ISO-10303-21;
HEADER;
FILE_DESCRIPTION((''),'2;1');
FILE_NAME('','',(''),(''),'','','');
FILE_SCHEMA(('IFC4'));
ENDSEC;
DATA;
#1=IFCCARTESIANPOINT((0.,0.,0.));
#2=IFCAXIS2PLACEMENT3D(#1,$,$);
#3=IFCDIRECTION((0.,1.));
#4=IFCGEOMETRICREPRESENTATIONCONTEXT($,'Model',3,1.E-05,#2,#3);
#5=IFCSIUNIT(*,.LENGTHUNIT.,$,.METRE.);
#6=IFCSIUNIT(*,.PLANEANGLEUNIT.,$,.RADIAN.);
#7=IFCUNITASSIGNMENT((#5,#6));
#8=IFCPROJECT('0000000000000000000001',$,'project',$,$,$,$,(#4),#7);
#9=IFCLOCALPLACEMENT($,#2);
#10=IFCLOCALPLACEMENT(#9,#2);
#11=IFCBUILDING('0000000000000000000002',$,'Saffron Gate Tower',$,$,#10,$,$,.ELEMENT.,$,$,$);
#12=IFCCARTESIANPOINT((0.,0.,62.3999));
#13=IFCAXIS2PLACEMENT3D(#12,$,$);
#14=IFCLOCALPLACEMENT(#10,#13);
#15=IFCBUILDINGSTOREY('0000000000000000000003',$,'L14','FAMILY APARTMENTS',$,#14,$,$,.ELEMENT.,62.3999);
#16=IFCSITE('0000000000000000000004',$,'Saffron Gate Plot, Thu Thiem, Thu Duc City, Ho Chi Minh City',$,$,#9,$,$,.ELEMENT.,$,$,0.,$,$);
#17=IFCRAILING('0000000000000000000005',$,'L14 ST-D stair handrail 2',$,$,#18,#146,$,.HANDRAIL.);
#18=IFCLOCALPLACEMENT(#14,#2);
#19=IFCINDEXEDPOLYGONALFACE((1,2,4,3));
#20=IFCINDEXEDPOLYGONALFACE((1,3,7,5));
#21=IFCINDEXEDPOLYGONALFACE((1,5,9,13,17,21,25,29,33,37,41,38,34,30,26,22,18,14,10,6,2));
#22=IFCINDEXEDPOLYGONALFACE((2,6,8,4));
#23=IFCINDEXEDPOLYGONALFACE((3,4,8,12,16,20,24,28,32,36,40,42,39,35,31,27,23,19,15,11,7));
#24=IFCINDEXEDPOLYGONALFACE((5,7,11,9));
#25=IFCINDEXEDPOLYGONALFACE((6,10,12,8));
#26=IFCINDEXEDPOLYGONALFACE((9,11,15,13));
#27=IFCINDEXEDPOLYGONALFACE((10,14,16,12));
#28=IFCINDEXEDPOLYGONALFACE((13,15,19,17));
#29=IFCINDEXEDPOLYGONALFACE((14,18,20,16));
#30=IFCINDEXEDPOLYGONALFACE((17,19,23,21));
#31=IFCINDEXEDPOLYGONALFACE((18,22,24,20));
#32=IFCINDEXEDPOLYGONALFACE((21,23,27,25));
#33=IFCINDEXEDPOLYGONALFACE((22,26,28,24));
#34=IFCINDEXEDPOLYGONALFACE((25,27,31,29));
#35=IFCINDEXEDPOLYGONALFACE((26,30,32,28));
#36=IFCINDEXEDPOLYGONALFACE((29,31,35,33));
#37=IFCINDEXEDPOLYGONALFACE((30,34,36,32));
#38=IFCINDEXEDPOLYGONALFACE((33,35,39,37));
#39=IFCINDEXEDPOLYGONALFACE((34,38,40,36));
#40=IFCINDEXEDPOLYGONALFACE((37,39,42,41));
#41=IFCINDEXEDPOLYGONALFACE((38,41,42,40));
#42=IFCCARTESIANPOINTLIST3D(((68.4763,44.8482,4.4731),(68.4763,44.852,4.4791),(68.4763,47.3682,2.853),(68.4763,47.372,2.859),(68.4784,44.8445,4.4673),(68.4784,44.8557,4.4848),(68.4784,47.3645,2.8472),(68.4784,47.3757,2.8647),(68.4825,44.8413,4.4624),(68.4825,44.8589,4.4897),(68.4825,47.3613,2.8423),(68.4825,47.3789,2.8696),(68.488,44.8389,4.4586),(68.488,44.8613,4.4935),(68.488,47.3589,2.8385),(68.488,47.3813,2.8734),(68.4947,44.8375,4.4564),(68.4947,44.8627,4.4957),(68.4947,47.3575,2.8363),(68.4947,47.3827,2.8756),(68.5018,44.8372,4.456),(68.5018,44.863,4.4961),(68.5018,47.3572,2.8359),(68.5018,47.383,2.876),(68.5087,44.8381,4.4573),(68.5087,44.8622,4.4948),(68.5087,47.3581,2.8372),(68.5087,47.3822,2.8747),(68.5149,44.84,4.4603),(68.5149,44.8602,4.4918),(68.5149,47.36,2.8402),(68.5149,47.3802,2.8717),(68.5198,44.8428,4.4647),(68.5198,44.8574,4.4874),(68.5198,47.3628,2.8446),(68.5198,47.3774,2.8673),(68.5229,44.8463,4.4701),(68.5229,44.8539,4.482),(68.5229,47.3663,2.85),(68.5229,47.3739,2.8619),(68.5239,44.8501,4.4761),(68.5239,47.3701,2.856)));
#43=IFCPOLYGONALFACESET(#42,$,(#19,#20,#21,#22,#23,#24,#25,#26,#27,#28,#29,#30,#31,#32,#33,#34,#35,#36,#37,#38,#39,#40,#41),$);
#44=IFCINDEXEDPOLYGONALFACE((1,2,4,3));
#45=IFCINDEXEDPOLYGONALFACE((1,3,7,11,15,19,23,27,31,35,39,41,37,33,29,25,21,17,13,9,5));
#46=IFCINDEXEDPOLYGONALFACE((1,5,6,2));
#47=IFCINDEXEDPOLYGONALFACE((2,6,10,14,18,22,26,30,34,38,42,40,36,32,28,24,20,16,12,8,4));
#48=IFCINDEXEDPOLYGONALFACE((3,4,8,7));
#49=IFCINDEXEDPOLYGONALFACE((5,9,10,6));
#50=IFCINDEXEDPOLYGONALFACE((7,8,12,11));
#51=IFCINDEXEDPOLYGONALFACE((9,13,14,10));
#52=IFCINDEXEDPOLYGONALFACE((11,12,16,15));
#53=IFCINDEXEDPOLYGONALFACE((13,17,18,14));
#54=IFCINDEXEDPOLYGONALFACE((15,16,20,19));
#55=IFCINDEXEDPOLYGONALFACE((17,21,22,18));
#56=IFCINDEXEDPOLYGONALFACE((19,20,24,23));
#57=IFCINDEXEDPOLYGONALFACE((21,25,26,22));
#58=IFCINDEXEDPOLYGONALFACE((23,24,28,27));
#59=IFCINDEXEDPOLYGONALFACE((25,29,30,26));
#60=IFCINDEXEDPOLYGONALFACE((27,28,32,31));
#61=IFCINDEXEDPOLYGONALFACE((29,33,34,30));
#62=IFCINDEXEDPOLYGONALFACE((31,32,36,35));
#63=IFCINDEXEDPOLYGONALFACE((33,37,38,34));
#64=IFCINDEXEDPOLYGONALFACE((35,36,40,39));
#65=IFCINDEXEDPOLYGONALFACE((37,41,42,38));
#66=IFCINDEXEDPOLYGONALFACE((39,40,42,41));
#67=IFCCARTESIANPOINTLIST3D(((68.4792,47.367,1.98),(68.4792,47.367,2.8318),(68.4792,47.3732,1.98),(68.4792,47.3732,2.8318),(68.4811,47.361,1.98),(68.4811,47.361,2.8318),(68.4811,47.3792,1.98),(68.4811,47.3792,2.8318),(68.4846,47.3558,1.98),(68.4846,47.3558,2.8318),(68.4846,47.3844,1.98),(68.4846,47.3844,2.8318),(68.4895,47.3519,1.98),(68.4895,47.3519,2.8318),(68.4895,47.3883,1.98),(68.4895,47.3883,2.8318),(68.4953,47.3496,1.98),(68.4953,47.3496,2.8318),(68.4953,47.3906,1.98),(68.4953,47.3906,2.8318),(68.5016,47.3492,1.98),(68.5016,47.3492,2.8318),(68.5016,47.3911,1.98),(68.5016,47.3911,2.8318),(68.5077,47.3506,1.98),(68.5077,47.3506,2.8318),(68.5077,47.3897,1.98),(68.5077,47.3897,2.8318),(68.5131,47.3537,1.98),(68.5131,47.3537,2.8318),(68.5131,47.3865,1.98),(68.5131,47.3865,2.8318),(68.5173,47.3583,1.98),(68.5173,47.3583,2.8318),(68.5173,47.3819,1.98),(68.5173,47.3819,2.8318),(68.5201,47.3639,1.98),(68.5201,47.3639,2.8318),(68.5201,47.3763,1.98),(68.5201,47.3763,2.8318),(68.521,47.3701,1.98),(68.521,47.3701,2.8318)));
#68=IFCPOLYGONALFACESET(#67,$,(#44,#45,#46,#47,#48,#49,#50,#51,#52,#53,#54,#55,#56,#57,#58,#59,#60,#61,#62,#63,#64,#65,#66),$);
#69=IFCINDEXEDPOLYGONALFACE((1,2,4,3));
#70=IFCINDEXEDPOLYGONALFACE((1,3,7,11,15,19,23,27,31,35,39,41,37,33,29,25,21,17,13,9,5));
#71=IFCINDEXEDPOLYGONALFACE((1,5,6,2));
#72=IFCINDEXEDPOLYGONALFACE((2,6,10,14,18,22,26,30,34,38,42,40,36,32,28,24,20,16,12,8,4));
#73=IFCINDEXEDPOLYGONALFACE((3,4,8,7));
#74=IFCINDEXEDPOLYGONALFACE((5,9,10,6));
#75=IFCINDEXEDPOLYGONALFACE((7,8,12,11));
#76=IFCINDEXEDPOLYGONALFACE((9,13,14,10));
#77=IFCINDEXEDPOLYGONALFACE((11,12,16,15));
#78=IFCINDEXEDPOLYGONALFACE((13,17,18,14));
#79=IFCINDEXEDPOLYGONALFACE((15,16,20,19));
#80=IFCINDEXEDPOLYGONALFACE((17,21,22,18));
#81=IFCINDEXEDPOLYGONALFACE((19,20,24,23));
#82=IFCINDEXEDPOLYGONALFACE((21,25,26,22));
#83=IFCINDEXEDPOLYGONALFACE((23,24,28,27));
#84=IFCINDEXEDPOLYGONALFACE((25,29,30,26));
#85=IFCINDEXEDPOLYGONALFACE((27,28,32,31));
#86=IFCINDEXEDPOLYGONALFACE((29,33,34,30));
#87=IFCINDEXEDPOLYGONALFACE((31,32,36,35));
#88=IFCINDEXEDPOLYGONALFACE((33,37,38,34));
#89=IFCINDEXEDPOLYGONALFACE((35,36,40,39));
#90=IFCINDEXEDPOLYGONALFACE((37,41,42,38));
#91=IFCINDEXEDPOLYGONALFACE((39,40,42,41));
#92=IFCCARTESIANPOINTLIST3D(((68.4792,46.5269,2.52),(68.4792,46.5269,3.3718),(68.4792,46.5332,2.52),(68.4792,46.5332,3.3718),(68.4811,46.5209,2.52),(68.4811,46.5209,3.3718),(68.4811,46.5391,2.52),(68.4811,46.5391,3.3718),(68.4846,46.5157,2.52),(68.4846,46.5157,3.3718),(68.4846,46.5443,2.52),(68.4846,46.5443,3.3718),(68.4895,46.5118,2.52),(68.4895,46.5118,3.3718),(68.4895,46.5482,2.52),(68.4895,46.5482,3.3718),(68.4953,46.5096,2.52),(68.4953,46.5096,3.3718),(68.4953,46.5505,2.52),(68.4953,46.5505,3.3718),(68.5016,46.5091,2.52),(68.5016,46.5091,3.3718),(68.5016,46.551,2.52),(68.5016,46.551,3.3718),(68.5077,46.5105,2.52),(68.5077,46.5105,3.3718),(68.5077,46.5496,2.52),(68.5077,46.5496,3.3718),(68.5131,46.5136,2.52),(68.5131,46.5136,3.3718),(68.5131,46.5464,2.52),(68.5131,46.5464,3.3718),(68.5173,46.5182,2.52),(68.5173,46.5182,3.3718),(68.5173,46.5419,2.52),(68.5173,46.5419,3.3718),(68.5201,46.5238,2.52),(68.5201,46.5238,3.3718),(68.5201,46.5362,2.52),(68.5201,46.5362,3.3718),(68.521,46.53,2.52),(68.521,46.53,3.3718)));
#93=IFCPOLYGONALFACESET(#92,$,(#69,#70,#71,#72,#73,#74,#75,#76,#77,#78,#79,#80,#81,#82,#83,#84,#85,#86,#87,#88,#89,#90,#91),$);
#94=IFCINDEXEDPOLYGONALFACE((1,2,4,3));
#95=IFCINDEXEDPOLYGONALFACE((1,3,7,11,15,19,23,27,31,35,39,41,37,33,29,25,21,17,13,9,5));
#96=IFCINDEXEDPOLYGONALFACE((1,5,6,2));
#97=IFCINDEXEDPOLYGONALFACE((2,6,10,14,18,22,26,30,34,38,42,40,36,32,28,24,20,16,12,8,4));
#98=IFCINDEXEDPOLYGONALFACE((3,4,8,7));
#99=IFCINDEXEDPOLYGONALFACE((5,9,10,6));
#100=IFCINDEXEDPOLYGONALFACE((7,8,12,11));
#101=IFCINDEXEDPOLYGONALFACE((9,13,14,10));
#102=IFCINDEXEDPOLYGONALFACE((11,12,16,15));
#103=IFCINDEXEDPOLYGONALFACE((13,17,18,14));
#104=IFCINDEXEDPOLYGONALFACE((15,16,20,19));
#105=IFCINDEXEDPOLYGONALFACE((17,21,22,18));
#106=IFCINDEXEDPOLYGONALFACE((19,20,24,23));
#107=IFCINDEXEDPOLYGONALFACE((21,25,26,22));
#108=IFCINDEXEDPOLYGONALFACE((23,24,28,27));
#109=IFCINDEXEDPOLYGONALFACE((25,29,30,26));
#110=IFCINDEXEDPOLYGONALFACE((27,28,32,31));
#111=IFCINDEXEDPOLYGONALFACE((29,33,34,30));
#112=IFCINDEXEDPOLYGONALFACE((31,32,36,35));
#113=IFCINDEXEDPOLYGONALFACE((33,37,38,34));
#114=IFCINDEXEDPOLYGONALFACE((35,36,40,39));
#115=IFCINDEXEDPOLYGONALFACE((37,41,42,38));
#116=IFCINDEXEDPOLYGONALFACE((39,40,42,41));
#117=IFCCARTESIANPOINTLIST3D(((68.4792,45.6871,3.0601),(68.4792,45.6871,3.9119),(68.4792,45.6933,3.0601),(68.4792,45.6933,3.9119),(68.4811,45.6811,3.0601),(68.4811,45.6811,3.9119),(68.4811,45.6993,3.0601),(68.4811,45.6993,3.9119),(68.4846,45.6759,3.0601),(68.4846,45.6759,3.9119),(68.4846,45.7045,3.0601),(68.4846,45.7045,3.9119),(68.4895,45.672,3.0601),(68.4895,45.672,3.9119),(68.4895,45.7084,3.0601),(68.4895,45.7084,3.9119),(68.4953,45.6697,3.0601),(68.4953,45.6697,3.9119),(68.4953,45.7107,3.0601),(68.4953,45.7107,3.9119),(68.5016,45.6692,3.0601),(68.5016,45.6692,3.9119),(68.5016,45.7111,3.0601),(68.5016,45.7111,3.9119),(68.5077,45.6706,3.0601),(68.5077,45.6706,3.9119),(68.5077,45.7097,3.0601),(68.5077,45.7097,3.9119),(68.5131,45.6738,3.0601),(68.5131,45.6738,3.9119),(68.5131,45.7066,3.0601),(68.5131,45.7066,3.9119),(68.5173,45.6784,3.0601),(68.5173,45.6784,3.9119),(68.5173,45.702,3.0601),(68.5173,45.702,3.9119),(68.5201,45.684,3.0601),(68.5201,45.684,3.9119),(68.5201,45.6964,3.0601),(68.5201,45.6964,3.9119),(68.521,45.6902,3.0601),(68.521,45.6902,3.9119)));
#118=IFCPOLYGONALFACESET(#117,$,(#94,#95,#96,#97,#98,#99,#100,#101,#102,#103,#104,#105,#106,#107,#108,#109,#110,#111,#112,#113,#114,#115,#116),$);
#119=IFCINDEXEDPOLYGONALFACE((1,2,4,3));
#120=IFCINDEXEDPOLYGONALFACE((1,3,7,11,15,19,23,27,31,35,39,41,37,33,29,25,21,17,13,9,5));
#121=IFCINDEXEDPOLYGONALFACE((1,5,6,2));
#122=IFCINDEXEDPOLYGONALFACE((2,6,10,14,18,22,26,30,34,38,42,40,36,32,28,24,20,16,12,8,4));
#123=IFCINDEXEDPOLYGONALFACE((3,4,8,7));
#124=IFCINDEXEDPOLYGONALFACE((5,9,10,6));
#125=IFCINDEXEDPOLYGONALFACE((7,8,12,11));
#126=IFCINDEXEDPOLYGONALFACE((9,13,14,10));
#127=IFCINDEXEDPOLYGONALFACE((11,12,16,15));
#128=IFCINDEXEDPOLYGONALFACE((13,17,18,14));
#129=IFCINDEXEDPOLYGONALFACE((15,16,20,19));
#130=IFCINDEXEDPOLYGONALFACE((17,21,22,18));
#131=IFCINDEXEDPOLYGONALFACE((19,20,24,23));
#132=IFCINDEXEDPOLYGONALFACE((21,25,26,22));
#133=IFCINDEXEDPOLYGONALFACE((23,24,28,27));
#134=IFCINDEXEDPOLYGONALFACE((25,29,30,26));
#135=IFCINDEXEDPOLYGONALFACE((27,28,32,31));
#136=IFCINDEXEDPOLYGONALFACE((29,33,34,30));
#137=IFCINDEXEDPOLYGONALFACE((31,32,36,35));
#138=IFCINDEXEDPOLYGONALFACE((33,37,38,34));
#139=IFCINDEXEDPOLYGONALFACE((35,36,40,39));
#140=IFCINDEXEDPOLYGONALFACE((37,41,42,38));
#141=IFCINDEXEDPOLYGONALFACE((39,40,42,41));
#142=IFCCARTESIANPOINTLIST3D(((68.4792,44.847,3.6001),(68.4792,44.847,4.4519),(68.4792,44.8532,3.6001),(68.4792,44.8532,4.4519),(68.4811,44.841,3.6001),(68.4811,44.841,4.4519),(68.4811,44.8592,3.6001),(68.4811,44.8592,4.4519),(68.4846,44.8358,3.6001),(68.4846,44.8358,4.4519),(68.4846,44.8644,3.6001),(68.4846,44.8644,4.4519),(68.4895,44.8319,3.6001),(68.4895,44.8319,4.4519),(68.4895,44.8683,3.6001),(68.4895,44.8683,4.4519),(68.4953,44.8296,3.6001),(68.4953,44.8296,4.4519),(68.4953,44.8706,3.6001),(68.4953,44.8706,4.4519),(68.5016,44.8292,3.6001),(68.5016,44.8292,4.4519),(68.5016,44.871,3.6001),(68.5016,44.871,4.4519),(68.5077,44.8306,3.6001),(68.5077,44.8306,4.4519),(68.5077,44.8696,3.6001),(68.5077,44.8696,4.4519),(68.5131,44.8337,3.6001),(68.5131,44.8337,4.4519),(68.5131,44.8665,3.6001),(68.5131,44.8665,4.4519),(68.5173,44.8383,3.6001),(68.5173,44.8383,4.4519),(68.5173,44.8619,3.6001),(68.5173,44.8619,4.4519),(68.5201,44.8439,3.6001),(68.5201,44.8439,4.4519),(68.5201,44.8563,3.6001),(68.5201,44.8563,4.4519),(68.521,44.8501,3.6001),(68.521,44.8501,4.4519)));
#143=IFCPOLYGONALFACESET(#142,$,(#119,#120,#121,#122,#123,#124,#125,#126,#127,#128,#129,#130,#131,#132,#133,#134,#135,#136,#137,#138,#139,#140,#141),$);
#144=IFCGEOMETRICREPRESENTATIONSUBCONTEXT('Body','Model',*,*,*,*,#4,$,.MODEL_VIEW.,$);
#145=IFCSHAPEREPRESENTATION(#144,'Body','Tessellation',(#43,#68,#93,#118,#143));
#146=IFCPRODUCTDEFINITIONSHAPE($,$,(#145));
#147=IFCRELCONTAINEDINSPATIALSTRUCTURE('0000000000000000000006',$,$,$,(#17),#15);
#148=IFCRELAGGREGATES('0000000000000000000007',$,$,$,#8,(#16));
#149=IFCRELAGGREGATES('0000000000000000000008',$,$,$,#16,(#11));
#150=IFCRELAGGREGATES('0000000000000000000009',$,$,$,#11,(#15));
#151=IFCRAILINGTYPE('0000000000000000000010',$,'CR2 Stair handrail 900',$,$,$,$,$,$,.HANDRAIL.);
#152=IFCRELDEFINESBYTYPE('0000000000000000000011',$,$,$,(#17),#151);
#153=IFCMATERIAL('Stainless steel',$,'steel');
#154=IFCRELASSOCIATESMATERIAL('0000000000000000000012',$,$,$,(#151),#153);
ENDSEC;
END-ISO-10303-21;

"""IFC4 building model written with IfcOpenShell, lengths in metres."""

from ifc_helpers import new_model, si_unit, direction, frame, origin, origin_2d, place, context, subcontext, project, spatial, circle, extrude, material, type_object, element, save


model = new_model("IFC4")

# Units and contexts
model_context = context("Model", 3, precision=1e-05, world=origin(), true_north=direction((0.0, 1.0)))
body_context = subcontext(model_context, "Body", "Model", "MODEL_VIEW")
ifc_project = project(units=[si_unit("LENGTHUNIT", "METRE"), si_unit("PLANEANGLEUNIT", "RADIAN")], contexts=[model_context])

# Site, building, storey
site_placement = place(None, origin())
site = spatial("IfcSite", under=ifc_project, at=site_placement, Name="Saffron Gate Plot, Thu Thiem, Thu Duc City, Ho Chi Minh City", CompositionType="ELEMENT", RefElevation=0.0)
building_placement = place(site_placement, origin())
building = spatial("IfcBuilding", under=site, at=building_placement, Name="Saffron Gate Tower", CompositionType="ELEMENT")
storey_placement = place(building_placement, frame((0.0, 0.0, 62.3999)))
storey = spatial("IfcBuildingStorey", under=building, at=storey_placement, Name="L14", Description="FAMILY APARTMENTS", CompositionType="ELEMENT", Elevation=62.3999)

# Railing
ifc_material_1 = material(Name="Stainless steel", Category="steel")
railing_type_1 = type_object("IfcRailingType", Name="CR2 Stair handrail 900", PredefinedType="HANDRAIL", material=ifc_material_1)
railing_1_placement = place(storey_placement, frame((68.5, 47.3701, 1.98)))
element("IfcRailing", 1, at=railing_1_placement, inside=storey, type_object=railing_type_1, Name="L14 ST-D stair handrail 2", PredefinedType="HANDRAIL", context=body_context, shape_type="SweptSolid", body=[
    extrude(circle(Radius=0.0239, at=origin_2d()), frame((0.0, 0.0, 0.876), z_axis=(0.0, -0.841163, 0.540782), x_axis=(1.0, 0.0, 0.0)), (0.0, 0.0, 1.0), 2.9958),
    extrude(circle(Radius=0.021, at=origin_2d()), origin(), (0.0, 0.0, 1.0), 0.8518),
    extrude(circle(Radius=0.021, at=origin_2d()), frame((0.0, -0.8401, 0.54)), (0.0, 0.0, 1.0), 0.8518),
    extrude(circle(Radius=0.021, at=origin_2d()), frame((0.0, -1.6799, 1.0801)), (0.0, 0.0, 1.0), 0.8518),
    extrude(circle(Radius=0.021, at=origin_2d()), frame((0.0, -2.52, 1.6201)), (0.0, 0.0, 1.0), 0.8518),
])

save(model, "model.ifc")
